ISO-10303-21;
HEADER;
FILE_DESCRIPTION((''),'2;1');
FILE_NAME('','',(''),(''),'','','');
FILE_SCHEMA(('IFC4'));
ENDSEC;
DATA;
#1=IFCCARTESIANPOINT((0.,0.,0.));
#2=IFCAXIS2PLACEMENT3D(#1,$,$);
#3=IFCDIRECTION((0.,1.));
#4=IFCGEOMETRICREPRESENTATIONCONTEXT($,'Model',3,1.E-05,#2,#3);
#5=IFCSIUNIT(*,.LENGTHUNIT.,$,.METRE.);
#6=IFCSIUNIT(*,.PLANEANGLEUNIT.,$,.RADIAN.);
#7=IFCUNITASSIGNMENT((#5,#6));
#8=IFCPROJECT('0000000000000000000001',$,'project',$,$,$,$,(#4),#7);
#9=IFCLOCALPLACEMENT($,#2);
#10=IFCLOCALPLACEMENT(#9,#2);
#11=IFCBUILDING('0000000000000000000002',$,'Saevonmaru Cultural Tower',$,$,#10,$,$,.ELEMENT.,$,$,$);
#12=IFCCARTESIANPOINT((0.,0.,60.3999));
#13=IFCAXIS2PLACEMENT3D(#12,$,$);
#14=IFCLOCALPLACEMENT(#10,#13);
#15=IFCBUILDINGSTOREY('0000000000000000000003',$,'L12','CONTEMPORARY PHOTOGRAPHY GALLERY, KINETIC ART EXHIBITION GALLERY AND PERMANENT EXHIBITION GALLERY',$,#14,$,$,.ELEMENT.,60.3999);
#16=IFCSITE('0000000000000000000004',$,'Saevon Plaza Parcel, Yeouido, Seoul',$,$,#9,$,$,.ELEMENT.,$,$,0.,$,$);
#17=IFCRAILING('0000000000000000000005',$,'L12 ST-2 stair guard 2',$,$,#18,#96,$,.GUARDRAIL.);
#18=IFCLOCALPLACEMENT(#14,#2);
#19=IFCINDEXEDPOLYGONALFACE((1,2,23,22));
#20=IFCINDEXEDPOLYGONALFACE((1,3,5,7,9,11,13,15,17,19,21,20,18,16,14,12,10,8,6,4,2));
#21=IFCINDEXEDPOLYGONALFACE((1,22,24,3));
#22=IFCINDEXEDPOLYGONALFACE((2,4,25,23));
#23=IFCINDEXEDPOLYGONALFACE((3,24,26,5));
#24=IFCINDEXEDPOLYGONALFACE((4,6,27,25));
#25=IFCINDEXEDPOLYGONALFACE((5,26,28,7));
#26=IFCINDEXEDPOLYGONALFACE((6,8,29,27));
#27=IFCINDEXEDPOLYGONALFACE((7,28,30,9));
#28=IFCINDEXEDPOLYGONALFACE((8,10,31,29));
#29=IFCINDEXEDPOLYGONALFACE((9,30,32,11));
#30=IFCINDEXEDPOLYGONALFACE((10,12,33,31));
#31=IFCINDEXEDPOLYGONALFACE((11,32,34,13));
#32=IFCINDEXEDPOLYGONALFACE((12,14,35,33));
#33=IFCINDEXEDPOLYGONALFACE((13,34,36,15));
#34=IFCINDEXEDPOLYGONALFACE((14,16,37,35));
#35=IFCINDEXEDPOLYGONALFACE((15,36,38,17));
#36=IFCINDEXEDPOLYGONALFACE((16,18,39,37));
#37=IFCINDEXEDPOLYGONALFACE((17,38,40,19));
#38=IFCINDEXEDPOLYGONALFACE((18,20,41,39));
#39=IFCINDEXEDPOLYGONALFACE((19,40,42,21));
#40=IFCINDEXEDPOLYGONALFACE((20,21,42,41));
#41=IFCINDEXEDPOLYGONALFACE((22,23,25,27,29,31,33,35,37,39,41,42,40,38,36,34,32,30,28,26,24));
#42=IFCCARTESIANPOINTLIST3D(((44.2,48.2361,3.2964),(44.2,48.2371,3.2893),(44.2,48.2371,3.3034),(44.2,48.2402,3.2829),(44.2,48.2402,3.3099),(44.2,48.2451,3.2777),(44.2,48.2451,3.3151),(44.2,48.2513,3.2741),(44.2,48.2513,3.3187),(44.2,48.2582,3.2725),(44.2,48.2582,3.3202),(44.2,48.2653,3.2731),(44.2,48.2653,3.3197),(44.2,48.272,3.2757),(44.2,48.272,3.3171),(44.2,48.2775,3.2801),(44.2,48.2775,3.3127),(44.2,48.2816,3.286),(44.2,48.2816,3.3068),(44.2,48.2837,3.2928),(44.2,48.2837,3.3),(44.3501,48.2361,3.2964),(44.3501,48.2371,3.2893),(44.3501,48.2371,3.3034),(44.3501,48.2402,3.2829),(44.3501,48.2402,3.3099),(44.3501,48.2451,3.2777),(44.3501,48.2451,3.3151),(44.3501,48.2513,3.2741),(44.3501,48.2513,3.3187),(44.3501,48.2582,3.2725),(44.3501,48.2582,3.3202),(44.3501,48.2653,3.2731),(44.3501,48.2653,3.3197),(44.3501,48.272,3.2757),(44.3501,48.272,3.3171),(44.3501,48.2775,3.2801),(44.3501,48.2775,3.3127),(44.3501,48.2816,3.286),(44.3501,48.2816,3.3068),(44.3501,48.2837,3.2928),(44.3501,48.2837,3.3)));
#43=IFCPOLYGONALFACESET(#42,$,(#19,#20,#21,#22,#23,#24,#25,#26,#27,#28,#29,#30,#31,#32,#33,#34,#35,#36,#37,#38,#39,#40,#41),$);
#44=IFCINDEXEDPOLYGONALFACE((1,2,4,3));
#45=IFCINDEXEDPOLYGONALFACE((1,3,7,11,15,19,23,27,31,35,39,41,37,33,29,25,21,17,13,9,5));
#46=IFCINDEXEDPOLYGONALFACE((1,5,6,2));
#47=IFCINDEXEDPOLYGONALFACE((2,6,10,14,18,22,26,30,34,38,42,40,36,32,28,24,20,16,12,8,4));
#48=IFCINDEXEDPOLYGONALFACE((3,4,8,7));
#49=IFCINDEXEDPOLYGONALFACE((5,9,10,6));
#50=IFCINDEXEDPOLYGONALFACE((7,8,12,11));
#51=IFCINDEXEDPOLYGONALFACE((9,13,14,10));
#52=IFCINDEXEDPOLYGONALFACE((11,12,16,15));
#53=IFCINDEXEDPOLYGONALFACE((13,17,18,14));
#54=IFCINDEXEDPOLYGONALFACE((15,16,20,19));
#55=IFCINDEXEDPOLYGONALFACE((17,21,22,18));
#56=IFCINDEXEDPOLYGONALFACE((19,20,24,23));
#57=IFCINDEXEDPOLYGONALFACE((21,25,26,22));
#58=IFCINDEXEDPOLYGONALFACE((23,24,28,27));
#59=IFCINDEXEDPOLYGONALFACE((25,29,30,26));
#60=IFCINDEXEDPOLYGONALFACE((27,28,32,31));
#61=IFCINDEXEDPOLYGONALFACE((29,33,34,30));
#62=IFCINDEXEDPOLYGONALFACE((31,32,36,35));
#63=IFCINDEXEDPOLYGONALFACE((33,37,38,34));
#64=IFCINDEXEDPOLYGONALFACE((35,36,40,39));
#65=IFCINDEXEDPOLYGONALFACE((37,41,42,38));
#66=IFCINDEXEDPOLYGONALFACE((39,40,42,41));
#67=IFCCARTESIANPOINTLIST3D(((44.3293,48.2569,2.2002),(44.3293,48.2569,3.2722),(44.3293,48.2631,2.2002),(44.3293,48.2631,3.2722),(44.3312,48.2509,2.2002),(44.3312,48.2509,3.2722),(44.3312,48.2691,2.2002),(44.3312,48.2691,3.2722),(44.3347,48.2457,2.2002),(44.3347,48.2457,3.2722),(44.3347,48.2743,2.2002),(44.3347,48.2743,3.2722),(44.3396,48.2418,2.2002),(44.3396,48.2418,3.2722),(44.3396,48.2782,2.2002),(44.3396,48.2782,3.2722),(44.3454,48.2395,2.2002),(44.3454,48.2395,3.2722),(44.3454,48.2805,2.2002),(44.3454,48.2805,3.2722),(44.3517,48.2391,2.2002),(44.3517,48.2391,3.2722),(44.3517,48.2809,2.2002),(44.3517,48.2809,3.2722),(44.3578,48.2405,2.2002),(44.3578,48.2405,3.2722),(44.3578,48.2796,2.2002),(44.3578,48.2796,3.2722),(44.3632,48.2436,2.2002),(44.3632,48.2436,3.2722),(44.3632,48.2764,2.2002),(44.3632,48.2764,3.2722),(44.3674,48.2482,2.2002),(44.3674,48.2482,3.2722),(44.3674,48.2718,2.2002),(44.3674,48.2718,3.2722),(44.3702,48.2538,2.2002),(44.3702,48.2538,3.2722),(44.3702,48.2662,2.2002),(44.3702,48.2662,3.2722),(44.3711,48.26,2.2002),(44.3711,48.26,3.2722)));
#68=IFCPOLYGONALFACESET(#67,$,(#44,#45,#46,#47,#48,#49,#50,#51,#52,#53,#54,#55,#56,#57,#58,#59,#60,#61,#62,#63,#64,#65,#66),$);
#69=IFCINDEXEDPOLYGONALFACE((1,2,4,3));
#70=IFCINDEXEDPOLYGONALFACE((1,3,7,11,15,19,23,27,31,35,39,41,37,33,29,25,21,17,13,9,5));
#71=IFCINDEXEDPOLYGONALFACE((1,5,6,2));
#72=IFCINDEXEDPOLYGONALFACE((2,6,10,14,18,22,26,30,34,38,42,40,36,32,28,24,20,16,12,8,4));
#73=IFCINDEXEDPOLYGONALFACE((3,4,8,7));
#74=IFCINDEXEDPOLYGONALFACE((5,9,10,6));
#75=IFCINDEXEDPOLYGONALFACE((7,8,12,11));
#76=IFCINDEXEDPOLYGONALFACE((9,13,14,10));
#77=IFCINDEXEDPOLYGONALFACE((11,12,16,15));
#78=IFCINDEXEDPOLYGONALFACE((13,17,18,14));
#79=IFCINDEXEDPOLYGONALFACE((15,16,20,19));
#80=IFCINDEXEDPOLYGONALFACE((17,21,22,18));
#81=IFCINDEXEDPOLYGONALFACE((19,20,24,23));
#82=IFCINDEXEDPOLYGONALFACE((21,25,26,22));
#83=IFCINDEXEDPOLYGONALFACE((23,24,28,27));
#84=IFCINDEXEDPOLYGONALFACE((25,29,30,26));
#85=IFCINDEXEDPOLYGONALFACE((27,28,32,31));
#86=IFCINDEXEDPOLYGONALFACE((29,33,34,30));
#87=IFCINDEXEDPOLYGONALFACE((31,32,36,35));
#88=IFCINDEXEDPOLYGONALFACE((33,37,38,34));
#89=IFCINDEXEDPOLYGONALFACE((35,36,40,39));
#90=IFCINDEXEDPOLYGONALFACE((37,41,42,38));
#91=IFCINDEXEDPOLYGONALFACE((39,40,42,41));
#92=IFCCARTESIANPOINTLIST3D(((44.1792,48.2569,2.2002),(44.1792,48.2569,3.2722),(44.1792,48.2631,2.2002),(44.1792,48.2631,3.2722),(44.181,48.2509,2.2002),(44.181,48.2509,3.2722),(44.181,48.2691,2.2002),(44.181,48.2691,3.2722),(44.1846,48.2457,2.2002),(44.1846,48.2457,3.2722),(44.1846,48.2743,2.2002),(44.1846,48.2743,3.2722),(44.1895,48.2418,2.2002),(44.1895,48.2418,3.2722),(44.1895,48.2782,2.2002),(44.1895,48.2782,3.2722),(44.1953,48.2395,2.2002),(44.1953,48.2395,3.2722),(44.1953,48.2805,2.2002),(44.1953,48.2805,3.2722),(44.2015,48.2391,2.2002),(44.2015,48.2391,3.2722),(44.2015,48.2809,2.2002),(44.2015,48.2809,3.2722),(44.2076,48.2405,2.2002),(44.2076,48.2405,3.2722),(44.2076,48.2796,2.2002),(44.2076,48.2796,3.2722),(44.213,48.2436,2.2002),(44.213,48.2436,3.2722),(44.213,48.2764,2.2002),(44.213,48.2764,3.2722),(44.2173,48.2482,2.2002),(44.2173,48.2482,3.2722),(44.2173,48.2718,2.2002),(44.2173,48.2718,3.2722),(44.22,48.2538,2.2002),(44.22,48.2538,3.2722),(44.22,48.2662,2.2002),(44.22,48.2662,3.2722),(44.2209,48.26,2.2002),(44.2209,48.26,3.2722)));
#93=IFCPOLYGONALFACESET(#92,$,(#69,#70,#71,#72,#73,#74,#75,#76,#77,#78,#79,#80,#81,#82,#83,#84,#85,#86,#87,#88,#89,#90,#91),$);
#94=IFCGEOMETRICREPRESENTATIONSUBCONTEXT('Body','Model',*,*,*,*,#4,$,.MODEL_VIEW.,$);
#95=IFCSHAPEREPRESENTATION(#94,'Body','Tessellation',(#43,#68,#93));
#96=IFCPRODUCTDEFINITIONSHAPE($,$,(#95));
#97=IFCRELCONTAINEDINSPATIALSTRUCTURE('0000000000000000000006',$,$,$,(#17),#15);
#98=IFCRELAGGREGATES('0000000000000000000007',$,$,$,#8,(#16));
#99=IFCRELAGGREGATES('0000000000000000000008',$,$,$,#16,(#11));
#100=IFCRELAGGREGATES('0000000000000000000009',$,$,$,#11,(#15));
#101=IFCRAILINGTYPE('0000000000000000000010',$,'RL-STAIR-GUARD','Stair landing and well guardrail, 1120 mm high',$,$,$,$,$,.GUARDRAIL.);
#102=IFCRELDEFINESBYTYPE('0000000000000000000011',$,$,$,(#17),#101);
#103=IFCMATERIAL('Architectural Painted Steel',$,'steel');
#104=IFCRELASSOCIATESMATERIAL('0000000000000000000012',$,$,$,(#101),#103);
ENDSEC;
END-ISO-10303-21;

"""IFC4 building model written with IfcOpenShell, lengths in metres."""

from ifc_helpers import new_model, si_unit, direction, frame, origin, origin_2d, place, context, subcontext, project, spatial, circle, extrude, material, type_object, element, save


model = new_model("IFC4")

# Units and contexts
model_context = context("Model", 3, precision=1e-05, world=origin(), true_north=direction((0.0, 1.0)))
body_context = subcontext(model_context, "Body", "Model", "MODEL_VIEW")
ifc_project = project(units=[si_unit("LENGTHUNIT", "METRE"), si_unit("PLANEANGLEUNIT", "RADIAN")], contexts=[model_context])

# Site, building, storey
site_placement = place(None, origin())
site = spatial("IfcSite", under=ifc_project, at=site_placement, Name="Saevon Plaza Parcel, Yeouido, Seoul", CompositionType="ELEMENT", RefElevation=0.0)
building_placement = place(site_placement, origin())
building = spatial("IfcBuilding", under=site, at=building_placement, Name="Saevonmaru Cultural Tower", CompositionType="ELEMENT")
storey_placement = place(building_placement, frame((0.0, 0.0, 60.3999)))
storey = spatial("IfcBuildingStorey", under=building, at=storey_placement, Name="L12", Description="CONTEMPORARY PHOTOGRAPHY GALLERY, KINETIC ART EXHIBITION GALLERY AND PERMANENT EXHIBITION GALLERY", CompositionType="ELEMENT", Elevation=60.3999)

# Railing
ifc_material_1 = material(Name="Architectural Painted Steel", Category="steel")
railing_type = type_object("IfcRailingType", Name="RL-STAIR-GUARD", Description="Stair landing and well guardrail, 1120 mm high", PredefinedType="GUARDRAIL", material=ifc_material_1)
railing_1_placement = place(storey_placement, frame((44.3501, 48.26, 2.2002)))
element("IfcRailing", 1, at=railing_1_placement, inside=storey, type_object=railing_type, Name="L12 ST-2 stair guard 2", PredefinedType="GUARDRAIL", context=body_context, shape_type="SweptSolid", body=[
    extrude(circle(Radius=0.0239, at=origin_2d()), frame((0.0, 0.0, 1.0962), z_axis=(-1.0, 0.0, 0.0), x_axis=(0.0, -1.0, 0.0)), (0.0, 0.0, 1.0), 0.1501),
    extrude(circle(Radius=0.021, at=origin_2d()), origin(), (0.0, 0.0, 1.0), 1.072),
    extrude(circle(Radius=0.021, at=origin_2d()), frame((-0.1501, 0.0, 0.0)), (0.0, 0.0, 1.0), 1.072),
])

save(model, "model.ifc")
